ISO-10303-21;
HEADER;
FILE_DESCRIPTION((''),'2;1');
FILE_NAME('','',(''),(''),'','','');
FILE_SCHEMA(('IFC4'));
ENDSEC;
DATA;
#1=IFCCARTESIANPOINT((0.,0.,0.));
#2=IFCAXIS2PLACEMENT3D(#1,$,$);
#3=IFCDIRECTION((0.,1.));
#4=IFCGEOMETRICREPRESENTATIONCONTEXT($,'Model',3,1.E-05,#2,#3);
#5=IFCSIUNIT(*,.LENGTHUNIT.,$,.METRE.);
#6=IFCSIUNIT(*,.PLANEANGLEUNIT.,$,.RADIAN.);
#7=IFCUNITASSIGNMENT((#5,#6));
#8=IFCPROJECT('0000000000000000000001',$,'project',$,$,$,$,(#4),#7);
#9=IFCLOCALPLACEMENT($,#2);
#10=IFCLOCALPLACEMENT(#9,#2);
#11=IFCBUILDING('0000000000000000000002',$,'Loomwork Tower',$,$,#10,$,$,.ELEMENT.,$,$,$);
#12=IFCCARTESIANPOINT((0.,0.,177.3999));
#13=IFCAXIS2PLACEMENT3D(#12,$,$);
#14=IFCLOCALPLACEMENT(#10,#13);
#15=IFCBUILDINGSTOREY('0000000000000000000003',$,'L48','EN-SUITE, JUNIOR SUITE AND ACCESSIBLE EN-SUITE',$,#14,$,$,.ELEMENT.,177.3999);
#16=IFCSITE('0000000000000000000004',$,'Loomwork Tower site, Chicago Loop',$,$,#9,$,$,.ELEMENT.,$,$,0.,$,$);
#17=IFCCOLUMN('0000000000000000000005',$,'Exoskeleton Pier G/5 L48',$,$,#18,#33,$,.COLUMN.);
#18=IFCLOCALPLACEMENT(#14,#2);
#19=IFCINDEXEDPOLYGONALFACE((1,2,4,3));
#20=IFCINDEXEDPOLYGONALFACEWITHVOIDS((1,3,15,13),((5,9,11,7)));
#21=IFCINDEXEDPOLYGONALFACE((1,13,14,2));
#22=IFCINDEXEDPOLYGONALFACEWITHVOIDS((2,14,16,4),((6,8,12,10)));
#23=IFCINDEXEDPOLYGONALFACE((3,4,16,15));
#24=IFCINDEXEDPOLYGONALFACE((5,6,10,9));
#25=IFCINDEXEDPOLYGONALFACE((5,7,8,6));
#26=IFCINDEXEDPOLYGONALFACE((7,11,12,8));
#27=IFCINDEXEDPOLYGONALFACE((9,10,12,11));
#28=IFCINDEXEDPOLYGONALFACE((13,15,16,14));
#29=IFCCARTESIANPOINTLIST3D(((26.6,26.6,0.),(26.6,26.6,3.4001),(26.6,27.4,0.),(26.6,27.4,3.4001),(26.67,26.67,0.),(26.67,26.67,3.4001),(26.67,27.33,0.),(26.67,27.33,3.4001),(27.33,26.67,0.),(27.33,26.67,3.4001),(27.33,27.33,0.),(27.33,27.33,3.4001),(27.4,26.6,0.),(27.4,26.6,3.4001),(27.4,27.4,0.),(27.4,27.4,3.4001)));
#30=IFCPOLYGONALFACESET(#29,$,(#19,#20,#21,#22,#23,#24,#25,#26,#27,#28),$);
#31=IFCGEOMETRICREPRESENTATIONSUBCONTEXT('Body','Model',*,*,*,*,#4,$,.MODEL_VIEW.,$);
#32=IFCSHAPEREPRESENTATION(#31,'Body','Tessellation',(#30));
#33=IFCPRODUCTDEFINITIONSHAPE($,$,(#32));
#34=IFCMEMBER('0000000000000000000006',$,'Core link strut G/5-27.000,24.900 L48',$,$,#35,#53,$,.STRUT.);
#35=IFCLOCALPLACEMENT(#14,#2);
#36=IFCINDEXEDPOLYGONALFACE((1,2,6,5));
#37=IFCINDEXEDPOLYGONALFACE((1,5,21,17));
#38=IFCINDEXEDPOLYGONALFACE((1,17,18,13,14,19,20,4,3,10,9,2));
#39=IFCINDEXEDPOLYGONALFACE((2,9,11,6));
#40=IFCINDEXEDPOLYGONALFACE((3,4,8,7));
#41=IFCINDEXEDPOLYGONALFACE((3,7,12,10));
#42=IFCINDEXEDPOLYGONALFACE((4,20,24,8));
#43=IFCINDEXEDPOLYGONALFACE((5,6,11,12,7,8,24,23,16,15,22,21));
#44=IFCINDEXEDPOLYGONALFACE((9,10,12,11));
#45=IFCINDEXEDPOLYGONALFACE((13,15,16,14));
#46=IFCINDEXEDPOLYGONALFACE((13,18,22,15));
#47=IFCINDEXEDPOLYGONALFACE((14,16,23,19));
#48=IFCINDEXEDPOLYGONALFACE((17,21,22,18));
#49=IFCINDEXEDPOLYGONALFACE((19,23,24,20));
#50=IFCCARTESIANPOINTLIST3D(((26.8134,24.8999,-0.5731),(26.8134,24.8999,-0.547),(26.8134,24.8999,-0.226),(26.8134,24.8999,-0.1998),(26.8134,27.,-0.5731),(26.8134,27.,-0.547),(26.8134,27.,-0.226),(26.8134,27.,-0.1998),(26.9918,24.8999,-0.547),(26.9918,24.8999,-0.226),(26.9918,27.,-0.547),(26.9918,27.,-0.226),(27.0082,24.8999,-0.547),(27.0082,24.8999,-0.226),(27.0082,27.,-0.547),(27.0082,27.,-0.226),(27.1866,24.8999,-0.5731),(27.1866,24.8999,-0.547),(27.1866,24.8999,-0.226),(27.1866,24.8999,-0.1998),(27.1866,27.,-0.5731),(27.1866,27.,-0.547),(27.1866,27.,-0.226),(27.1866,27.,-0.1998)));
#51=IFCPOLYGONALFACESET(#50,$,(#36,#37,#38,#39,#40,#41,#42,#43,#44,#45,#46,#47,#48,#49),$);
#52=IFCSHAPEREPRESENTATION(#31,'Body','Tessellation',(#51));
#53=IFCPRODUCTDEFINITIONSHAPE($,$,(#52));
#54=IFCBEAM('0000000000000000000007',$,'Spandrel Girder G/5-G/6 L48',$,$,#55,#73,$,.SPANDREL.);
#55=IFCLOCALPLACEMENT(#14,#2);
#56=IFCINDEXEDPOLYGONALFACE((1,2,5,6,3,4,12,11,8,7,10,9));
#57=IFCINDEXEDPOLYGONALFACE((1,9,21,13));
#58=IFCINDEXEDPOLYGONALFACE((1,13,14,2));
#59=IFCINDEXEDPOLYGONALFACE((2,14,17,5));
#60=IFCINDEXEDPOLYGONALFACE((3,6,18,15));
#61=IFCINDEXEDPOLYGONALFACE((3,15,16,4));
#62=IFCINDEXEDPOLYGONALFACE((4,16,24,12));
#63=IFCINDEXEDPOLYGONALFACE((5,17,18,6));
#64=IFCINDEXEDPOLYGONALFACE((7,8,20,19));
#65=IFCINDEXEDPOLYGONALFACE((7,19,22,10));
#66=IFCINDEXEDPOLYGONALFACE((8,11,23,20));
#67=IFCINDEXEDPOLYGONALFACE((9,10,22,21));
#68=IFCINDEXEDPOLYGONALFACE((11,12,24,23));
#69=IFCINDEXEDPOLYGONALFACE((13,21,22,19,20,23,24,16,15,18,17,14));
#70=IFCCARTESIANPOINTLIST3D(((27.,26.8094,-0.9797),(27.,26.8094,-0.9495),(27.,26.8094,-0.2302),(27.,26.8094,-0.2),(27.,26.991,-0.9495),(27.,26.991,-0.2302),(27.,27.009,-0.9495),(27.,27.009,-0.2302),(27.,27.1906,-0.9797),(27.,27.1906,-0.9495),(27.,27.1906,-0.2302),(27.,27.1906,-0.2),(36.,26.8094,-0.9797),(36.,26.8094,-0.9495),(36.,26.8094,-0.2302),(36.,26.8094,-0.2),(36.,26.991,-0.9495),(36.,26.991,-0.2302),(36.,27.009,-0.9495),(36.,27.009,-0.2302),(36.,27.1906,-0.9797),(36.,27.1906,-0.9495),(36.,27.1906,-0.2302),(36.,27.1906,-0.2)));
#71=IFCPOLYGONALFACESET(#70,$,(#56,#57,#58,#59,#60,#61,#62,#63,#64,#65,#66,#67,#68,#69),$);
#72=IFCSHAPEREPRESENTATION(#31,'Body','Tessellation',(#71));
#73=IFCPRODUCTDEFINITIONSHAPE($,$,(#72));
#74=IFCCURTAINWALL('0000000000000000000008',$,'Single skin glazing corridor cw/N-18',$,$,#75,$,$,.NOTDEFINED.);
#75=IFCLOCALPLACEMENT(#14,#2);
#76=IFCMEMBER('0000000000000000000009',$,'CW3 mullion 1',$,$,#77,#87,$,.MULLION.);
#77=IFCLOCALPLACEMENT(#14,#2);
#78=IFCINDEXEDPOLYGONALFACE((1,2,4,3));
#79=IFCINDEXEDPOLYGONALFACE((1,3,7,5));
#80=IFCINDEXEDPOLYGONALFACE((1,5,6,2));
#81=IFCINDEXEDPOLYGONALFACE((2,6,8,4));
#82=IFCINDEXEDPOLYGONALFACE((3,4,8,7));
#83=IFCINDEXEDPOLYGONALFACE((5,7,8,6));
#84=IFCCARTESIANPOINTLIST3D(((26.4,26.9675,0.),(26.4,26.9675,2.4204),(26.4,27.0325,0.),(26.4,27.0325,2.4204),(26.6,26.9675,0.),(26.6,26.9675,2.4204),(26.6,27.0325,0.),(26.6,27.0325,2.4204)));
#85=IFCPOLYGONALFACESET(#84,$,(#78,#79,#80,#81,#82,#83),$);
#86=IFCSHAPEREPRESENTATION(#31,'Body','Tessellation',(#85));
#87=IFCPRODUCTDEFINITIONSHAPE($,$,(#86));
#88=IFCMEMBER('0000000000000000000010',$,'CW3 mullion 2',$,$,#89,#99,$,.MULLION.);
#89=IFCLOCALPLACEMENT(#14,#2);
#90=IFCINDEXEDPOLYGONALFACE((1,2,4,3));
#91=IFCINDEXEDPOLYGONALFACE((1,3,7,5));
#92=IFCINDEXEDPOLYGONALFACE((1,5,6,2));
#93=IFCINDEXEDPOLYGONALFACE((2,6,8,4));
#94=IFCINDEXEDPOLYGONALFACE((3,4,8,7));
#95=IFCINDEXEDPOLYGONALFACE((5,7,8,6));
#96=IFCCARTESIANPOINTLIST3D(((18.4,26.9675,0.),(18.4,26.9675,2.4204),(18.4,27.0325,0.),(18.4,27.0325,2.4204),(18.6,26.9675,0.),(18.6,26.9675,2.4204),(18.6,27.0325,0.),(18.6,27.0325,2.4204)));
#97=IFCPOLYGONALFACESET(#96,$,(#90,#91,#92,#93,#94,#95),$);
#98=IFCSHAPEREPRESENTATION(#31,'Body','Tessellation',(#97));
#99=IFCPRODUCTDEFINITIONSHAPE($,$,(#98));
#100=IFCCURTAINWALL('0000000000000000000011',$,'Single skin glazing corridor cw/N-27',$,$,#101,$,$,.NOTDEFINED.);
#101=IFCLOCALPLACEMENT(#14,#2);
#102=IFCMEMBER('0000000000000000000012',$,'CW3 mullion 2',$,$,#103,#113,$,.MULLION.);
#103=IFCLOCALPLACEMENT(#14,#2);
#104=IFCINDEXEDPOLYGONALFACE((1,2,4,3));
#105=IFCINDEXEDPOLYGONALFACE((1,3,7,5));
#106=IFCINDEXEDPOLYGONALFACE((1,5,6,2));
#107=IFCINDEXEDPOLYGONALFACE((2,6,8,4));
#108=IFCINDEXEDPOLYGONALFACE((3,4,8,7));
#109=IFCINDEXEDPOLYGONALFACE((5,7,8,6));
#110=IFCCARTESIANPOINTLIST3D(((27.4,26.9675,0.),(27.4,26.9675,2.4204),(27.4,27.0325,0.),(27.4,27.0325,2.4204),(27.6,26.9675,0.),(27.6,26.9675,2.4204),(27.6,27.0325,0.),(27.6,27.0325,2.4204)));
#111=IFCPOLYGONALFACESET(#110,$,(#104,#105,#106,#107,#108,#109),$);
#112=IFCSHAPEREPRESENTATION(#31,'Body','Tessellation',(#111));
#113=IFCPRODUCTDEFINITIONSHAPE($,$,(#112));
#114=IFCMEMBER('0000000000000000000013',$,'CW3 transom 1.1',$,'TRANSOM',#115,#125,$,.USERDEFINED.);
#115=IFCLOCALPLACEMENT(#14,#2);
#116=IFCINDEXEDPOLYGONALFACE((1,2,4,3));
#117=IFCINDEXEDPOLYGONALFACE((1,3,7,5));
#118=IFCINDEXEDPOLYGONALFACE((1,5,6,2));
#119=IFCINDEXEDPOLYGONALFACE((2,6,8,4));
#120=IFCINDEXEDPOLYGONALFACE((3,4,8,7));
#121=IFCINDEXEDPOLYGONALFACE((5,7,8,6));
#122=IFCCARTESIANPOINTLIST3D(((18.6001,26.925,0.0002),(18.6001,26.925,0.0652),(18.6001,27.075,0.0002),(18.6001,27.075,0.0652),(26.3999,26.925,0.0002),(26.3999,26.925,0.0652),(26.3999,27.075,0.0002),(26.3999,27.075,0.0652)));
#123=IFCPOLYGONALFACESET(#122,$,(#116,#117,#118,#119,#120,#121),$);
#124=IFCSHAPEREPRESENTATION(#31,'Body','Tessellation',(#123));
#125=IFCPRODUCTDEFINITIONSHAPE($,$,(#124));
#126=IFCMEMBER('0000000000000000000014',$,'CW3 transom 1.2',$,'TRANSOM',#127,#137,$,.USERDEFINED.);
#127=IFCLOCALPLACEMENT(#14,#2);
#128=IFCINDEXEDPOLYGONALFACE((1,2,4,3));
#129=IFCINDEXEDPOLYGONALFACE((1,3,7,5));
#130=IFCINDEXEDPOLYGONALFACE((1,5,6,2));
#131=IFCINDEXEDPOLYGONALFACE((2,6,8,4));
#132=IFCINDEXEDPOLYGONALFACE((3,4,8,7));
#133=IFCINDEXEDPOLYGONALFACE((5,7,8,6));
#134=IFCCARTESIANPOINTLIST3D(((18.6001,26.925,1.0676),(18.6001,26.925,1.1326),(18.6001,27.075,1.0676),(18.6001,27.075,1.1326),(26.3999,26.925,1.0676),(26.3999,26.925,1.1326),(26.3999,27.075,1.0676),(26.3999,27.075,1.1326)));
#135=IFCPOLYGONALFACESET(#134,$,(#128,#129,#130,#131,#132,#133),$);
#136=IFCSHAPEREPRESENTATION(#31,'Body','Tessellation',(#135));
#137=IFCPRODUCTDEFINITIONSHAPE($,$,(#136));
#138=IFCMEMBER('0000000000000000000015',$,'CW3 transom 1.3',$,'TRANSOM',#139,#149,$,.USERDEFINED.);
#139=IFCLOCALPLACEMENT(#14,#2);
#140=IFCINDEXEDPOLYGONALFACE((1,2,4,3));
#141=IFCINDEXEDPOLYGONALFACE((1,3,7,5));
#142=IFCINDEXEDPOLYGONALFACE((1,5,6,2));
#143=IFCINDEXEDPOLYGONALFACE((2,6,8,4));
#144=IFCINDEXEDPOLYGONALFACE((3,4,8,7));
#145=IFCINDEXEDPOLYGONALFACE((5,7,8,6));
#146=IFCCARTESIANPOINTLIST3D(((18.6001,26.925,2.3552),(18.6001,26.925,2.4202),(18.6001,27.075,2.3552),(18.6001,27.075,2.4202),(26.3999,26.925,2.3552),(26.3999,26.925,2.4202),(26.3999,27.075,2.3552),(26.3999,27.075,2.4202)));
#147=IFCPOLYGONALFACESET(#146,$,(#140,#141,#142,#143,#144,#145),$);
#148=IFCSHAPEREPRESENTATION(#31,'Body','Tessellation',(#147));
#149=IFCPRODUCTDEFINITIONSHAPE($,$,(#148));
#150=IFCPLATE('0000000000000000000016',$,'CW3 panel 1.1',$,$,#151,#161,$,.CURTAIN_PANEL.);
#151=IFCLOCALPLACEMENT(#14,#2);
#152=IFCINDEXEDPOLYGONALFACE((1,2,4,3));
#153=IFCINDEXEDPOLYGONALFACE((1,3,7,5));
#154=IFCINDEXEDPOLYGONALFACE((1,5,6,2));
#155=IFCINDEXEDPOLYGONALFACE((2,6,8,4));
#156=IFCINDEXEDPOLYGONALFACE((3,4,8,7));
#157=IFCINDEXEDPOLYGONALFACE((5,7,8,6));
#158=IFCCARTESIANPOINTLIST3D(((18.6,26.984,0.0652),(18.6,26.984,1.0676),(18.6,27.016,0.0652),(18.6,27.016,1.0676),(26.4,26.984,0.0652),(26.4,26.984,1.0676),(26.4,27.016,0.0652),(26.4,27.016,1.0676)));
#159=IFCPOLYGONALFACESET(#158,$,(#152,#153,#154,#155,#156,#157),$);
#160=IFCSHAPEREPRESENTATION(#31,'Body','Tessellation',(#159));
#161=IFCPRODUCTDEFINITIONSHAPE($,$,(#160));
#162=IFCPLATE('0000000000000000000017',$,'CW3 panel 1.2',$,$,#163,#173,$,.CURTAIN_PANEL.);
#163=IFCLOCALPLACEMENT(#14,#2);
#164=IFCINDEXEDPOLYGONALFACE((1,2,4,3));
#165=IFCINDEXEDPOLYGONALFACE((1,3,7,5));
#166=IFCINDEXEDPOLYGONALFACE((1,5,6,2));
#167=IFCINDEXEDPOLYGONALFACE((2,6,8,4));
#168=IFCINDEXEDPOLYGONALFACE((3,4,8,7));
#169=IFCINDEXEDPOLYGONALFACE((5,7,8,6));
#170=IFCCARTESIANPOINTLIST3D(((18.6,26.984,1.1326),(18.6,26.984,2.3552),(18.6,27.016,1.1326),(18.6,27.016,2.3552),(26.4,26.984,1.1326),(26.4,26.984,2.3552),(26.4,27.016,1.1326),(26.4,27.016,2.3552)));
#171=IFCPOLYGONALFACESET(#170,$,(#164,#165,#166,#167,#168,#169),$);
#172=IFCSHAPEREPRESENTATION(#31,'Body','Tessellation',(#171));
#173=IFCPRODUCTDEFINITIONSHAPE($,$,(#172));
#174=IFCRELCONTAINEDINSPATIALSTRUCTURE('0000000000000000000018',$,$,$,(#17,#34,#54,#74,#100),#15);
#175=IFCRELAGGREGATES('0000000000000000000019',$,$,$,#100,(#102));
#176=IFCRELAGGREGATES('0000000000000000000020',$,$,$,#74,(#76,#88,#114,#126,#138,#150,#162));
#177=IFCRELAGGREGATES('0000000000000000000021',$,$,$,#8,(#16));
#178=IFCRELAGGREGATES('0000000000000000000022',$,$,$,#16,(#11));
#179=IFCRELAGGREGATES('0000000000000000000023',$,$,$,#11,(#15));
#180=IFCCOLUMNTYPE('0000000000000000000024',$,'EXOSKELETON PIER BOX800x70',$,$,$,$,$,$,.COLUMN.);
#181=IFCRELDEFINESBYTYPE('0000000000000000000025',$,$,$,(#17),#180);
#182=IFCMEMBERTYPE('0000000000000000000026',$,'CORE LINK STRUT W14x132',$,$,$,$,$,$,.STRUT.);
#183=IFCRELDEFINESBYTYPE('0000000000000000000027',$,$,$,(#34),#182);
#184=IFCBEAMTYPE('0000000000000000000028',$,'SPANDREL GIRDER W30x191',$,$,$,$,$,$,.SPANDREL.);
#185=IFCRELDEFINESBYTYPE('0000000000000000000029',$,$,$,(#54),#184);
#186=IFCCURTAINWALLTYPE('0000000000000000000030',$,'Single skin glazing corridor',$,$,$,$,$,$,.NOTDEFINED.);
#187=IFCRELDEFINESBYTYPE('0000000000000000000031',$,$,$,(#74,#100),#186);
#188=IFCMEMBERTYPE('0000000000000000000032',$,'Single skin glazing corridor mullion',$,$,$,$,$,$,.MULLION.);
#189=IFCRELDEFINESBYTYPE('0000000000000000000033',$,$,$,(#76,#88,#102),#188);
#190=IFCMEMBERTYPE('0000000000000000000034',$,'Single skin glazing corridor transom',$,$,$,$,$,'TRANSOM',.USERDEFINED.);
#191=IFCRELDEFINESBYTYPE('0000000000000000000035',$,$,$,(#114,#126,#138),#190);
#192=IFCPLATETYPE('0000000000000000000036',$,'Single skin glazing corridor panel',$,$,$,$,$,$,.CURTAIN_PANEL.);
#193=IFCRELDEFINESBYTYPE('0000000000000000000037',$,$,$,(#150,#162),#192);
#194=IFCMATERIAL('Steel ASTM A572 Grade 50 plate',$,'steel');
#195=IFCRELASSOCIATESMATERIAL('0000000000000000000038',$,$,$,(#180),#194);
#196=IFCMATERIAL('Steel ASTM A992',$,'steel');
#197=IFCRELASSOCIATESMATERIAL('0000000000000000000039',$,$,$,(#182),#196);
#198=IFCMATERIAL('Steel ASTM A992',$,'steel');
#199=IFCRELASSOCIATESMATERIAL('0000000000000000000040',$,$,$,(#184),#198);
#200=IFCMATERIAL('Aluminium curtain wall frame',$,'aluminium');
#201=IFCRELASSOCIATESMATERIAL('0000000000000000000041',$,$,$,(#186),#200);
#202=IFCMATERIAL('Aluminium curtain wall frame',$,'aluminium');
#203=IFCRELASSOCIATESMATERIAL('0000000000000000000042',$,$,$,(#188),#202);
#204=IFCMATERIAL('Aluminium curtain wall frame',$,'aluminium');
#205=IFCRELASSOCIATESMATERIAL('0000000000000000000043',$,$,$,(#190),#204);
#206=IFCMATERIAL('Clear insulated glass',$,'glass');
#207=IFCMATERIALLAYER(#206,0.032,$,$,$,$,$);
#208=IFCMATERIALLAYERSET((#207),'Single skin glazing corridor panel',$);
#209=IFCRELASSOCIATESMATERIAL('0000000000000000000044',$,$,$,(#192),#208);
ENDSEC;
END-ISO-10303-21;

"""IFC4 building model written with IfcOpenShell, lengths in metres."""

from ifc_helpers import new_model, si_unit, direction, frame, origin, origin_2d, place, context, subcontext, project, spatial, rectangle, hollow_rectangle, i_section, extrude, material, layer, layer_set, material_profile, profile_set, type_object, element, aggregate, save


model = new_model("IFC4")

# Units and contexts
model_context = context("Model", 3, precision=1e-05, world=origin(), true_north=direction((0.0, 1.0)))
body_context = subcontext(model_context, "Body", "Model", "MODEL_VIEW")
ifc_project = project(units=[si_unit("LENGTHUNIT", "METRE"), si_unit("PLANEANGLEUNIT", "RADIAN")], contexts=[model_context])

# Site, building, storey
site_placement = place(None, origin())
site = spatial("IfcSite", under=ifc_project, at=site_placement, Name="Loomwork Tower site, Chicago Loop", CompositionType="ELEMENT", RefElevation=0.0)
building_placement = place(site_placement, origin())
building = spatial("IfcBuilding", under=site, at=building_placement, Name="Loomwork Tower", CompositionType="ELEMENT")
storey_placement = place(building_placement, frame((0.0, 0.0, 177.3999)))
storey = spatial("IfcBuildingStorey", under=building, at=storey_placement, Name="L48", Description="EN-SUITE, JUNIOR SUITE AND ACCESSIBLE EN-SUITE", CompositionType="ELEMENT", Elevation=177.3999)

# Column
ifc_material_1 = material(Name="Steel ASTM A572 Grade 50 plate", Category="steel")
ifc_material_profile_1 = material_profile(ifc_material_1, hollow_rectangle(XDim=0.8, YDim=0.8, WallThickness=0.0701, at=origin_2d()), Name="BOX800x70")
ifc_profile_set_1 = profile_set([ifc_material_profile_1], Name="Steel ASTM A572 Grade 50 plate")
column_type = type_object("IfcColumnType", Name="EXOSKELETON PIER BOX800x70", PredefinedType="COLUMN", material=ifc_profile_set_1)
column_placement = place(storey_placement, frame((27.0, 27.0, 0.0), z_axis=(0.0, 0.0, 1.0), x_axis=(1.0, 0.0, 0.0)))
element("IfcColumn", 1, at=column_placement, inside=storey, type_object=column_type, Name="Exoskeleton Pier G/5 L48", PredefinedType="COLUMN", context=body_context, shape_type="SweptSolid", body=[
    extrude(hollow_rectangle(XDim=0.8, YDim=0.8, WallThickness=0.0701, at=origin_2d()), origin(), (0.0, 0.0, 1.0), 3.4001),
])

# Member
ifc_material_2 = material(Name="Steel ASTM A992", Category="steel")
ifc_material_profile_2 = material_profile(ifc_material_2, i_section(OverallWidth=0.3733, OverallDepth=0.3733, WebThickness=0.0164, FlangeThickness=0.0261, at=origin_2d()), Name="W14x132")
ifc_profile_set_2 = profile_set([ifc_material_profile_2], Name="Steel ASTM A992")
member_type_1 = type_object("IfcMemberType", Name="CORE LINK STRUT W14x132", PredefinedType="STRUT", material=ifc_profile_set_2)
member_1_placement = place(storey_placement, frame((27.0, 27.0, -0.3865), z_axis=(0.0, -1.0, 0.0), x_axis=(1.0, 0.0, 0.0)))
element("IfcMember", 2, at=member_1_placement, inside=storey, type_object=member_type_1, Name="Core link strut G/5-27.000,24.900 L48", PredefinedType="STRUT", context=body_context, shape_type="SweptSolid", body=[
    extrude(i_section(OverallWidth=0.3733, OverallDepth=0.3733, WebThickness=0.0164, FlangeThickness=0.0261, at=origin_2d()), origin(), (0.0, 0.0, 1.0), 2.1001),
])

# Beam
ifc_material_3 = material(Name="Steel ASTM A992", Category="steel")
ifc_material_profile_3 = material_profile(ifc_material_3, i_section(OverallWidth=0.3811, OverallDepth=0.7798, WebThickness=0.0181, FlangeThickness=0.0303, at=origin_2d()), Name="W30x191")
ifc_profile_set_3 = profile_set([ifc_material_profile_3], Name="Steel ASTM A992")
beam_type = type_object("IfcBeamType", Name="SPANDREL GIRDER W30x191", PredefinedType="SPANDREL", material=ifc_profile_set_3)
beam_placement = place(storey_placement, frame((27.0, 27.0, -0.5898), z_axis=(1.0, 0.0, 0.0), x_axis=(0.0, 1.0, 0.0)))
element("IfcBeam", 3, at=beam_placement, inside=storey, type_object=beam_type, Name="Spandrel Girder G/5-G/6 L48", PredefinedType="SPANDREL", context=body_context, shape_type="SweptSolid", body=[
    extrude(i_section(OverallWidth=0.3811, OverallDepth=0.7798, WebThickness=0.0181, FlangeThickness=0.0303, at=origin_2d()), origin(), (0.0, 0.0, 1.0), 9.0),
])

# Curtain wall, members
ifc_material_4 = material(Name="Aluminium curtain wall frame", Category="aluminium")
curtain_wall_type = type_object("IfcCurtainWallType", Name="Single skin glazing corridor", PredefinedType="NOTDEFINED", material=ifc_material_4)
curtain_wall_1_placement = place(storey_placement, origin())
curtain_wall_1 = element("IfcCurtainWall", 4, at=curtain_wall_1_placement, inside=storey, type_object=curtain_wall_type, Name="Single skin glazing corridor cw/N-18", PredefinedType="NOTDEFINED")
ifc_material_5 = material(Name="Aluminium curtain wall frame", Category="aluminium")
ifc_material_profile_4 = material_profile(ifc_material_5, rectangle(XDim=0.0649, YDim=0.2, at=origin_2d()), Name="AL 65x200")
ifc_profile_set_4 = profile_set([ifc_material_profile_4], Name="Aluminium curtain wall frame")
member_type_2 = type_object("IfcMemberType", Name="Single skin glazing corridor mullion", PredefinedType="MULLION", material=ifc_profile_set_4)
member_2_placement = place(storey_placement, frame((26.5, 27.0, 0.0), z_axis=(0.0, 0.0, 1.0), x_axis=(0.0, -1.0, 0.0)))
member_2 = element("IfcMember", 5, at=member_2_placement, type_object=member_type_2, Name="CW3 mullion 1", PredefinedType="MULLION", context=body_context, shape_type="SweptSolid", body=[
    extrude(rectangle(XDim=0.0649, YDim=0.2, at=origin_2d()), origin(), (0.0, 0.0, 1.0), 2.4204),
])
member_3_placement = place(storey_placement, frame((18.5, 27.0, 0.0), z_axis=(0.0, 0.0, 1.0), x_axis=(0.0, -1.0, 0.0)))
member_3 = element("IfcMember", 6, at=member_3_placement, type_object=member_type_2, Name="CW3 mullion 2", PredefinedType="MULLION", context=body_context, shape_type="SweptSolid", body=[
    extrude(rectangle(XDim=0.0649, YDim=0.2, at=origin_2d()), origin(), (0.0, 0.0, 1.0), 2.4204),
])

# Curtain wall, member
curtain_wall_2_placement = place(storey_placement, origin())
curtain_wall_2 = element("IfcCurtainWall", 7, at=curtain_wall_2_placement, inside=storey, type_object=curtain_wall_type, Name="Single skin glazing corridor cw/N-27", PredefinedType="NOTDEFINED")
member_4_placement = place(storey_placement, frame((27.5, 27.0, 0.0), z_axis=(0.0, 0.0, 1.0), x_axis=(0.0, -1.0, 0.0)))
member_4 = element("IfcMember", 8, at=member_4_placement, type_object=member_type_2, Name="CW3 mullion 2", PredefinedType="MULLION", context=body_context, shape_type="SweptSolid", body=[
    extrude(rectangle(XDim=0.0649, YDim=0.2, at=origin_2d()), origin(), (0.0, 0.0, 1.0), 2.4204),
])
aggregate(curtain_wall_2, [member_4])

# Members
ifc_material_6 = material(Name="Aluminium curtain wall frame", Category="aluminium")
ifc_material_profile_5 = material_profile(ifc_material_6, rectangle(XDim=0.1499, YDim=0.0649, at=origin_2d()), Name="AL 65x150")
ifc_profile_set_5 = profile_set([ifc_material_profile_5], Name="Aluminium curtain wall frame")
member_type_3 = type_object("IfcMemberType", Name="Single skin glazing corridor transom", ElementType="TRANSOM", PredefinedType="USERDEFINED", material=ifc_profile_set_5)
member_5_placement = place(storey_placement, frame((26.3999, 27.0, 0.0327), z_axis=(-1.0, 0.0, 0.0), x_axis=(0.0, -1.0, 0.0)))
member_5 = element("IfcMember", 9, at=member_5_placement, type_object=member_type_3, Name="CW3 transom 1.1", ObjectType="TRANSOM", PredefinedType="USERDEFINED", context=body_context, shape_type="SweptSolid", body=[
    extrude(rectangle(XDim=0.1499, YDim=0.0649, at=origin_2d()), origin(), (0.0, 0.0, 1.0), 7.7998),
])
member_6_placement = place(storey_placement, frame((26.3999, 27.0, 1.1001), z_axis=(-1.0, 0.0, 0.0), x_axis=(0.0, -1.0, 0.0)))
member_6 = element("IfcMember", 10, at=member_6_placement, type_object=member_type_3, Name="CW3 transom 1.2", ObjectType="TRANSOM", PredefinedType="USERDEFINED", context=body_context, shape_type="SweptSolid", body=[
    extrude(rectangle(XDim=0.1499, YDim=0.0649, at=origin_2d()), origin(), (0.0, 0.0, 1.0), 7.7998),
])
member_7_placement = place(storey_placement, frame((26.3999, 27.0, 2.3877), z_axis=(-1.0, 0.0, 0.0), x_axis=(0.0, -1.0, 0.0)))
member_7 = element("IfcMember", 11, at=member_7_placement, type_object=member_type_3, Name="CW3 transom 1.3", ObjectType="TRANSOM", PredefinedType="USERDEFINED", context=body_context, shape_type="SweptSolid", body=[
    extrude(rectangle(XDim=0.1499, YDim=0.0649, at=origin_2d()), origin(), (0.0, 0.0, 1.0), 7.7998),
])

# Plates
ifc_material_7 = material(Name="Clear insulated glass", Category="glass")
ifc_layer_1 = layer(ifc_material_7, 0.032)
ifc_layer_set_1 = layer_set([ifc_layer_1], Name="Single skin glazing corridor panel")
plate_type = type_object("IfcPlateType", Name="Single skin glazing corridor panel", PredefinedType="CURTAIN_PANEL", material=ifc_layer_set_1)
plate_1_placement = place(storey_placement, frame((22.5, 27.0, 0.0652), z_axis=(0.0, 0.0, 1.0), x_axis=(-1.0, 0.0, 0.0)))
plate_1 = element("IfcPlate", 12, at=plate_1_placement, type_object=plate_type, Name="CW3 panel 1.1", PredefinedType="CURTAIN_PANEL", context=body_context, shape_type="SweptSolid", body=[
    extrude(rectangle(XDim=7.8, YDim=0.032, at=origin_2d()), origin(), (0.0, 0.0, 1.0), 1.0024),
])
plate_2_placement = place(storey_placement, frame((22.5, 27.0, 1.1326), z_axis=(0.0, 0.0, 1.0), x_axis=(-1.0, 0.0, 0.0)))
plate_2 = element("IfcPlate", 13, at=plate_2_placement, type_object=plate_type, Name="CW3 panel 1.2", PredefinedType="CURTAIN_PANEL", context=body_context, shape_type="SweptSolid", body=[
    extrude(rectangle(XDim=7.8, YDim=0.032, at=origin_2d()), origin(), (0.0, 0.0, 1.0), 1.2227),
])
aggregate(curtain_wall_1, [member_2, member_3, member_5, member_6, member_7, plate_1, plate_2])

save(model, "model.ifc")
